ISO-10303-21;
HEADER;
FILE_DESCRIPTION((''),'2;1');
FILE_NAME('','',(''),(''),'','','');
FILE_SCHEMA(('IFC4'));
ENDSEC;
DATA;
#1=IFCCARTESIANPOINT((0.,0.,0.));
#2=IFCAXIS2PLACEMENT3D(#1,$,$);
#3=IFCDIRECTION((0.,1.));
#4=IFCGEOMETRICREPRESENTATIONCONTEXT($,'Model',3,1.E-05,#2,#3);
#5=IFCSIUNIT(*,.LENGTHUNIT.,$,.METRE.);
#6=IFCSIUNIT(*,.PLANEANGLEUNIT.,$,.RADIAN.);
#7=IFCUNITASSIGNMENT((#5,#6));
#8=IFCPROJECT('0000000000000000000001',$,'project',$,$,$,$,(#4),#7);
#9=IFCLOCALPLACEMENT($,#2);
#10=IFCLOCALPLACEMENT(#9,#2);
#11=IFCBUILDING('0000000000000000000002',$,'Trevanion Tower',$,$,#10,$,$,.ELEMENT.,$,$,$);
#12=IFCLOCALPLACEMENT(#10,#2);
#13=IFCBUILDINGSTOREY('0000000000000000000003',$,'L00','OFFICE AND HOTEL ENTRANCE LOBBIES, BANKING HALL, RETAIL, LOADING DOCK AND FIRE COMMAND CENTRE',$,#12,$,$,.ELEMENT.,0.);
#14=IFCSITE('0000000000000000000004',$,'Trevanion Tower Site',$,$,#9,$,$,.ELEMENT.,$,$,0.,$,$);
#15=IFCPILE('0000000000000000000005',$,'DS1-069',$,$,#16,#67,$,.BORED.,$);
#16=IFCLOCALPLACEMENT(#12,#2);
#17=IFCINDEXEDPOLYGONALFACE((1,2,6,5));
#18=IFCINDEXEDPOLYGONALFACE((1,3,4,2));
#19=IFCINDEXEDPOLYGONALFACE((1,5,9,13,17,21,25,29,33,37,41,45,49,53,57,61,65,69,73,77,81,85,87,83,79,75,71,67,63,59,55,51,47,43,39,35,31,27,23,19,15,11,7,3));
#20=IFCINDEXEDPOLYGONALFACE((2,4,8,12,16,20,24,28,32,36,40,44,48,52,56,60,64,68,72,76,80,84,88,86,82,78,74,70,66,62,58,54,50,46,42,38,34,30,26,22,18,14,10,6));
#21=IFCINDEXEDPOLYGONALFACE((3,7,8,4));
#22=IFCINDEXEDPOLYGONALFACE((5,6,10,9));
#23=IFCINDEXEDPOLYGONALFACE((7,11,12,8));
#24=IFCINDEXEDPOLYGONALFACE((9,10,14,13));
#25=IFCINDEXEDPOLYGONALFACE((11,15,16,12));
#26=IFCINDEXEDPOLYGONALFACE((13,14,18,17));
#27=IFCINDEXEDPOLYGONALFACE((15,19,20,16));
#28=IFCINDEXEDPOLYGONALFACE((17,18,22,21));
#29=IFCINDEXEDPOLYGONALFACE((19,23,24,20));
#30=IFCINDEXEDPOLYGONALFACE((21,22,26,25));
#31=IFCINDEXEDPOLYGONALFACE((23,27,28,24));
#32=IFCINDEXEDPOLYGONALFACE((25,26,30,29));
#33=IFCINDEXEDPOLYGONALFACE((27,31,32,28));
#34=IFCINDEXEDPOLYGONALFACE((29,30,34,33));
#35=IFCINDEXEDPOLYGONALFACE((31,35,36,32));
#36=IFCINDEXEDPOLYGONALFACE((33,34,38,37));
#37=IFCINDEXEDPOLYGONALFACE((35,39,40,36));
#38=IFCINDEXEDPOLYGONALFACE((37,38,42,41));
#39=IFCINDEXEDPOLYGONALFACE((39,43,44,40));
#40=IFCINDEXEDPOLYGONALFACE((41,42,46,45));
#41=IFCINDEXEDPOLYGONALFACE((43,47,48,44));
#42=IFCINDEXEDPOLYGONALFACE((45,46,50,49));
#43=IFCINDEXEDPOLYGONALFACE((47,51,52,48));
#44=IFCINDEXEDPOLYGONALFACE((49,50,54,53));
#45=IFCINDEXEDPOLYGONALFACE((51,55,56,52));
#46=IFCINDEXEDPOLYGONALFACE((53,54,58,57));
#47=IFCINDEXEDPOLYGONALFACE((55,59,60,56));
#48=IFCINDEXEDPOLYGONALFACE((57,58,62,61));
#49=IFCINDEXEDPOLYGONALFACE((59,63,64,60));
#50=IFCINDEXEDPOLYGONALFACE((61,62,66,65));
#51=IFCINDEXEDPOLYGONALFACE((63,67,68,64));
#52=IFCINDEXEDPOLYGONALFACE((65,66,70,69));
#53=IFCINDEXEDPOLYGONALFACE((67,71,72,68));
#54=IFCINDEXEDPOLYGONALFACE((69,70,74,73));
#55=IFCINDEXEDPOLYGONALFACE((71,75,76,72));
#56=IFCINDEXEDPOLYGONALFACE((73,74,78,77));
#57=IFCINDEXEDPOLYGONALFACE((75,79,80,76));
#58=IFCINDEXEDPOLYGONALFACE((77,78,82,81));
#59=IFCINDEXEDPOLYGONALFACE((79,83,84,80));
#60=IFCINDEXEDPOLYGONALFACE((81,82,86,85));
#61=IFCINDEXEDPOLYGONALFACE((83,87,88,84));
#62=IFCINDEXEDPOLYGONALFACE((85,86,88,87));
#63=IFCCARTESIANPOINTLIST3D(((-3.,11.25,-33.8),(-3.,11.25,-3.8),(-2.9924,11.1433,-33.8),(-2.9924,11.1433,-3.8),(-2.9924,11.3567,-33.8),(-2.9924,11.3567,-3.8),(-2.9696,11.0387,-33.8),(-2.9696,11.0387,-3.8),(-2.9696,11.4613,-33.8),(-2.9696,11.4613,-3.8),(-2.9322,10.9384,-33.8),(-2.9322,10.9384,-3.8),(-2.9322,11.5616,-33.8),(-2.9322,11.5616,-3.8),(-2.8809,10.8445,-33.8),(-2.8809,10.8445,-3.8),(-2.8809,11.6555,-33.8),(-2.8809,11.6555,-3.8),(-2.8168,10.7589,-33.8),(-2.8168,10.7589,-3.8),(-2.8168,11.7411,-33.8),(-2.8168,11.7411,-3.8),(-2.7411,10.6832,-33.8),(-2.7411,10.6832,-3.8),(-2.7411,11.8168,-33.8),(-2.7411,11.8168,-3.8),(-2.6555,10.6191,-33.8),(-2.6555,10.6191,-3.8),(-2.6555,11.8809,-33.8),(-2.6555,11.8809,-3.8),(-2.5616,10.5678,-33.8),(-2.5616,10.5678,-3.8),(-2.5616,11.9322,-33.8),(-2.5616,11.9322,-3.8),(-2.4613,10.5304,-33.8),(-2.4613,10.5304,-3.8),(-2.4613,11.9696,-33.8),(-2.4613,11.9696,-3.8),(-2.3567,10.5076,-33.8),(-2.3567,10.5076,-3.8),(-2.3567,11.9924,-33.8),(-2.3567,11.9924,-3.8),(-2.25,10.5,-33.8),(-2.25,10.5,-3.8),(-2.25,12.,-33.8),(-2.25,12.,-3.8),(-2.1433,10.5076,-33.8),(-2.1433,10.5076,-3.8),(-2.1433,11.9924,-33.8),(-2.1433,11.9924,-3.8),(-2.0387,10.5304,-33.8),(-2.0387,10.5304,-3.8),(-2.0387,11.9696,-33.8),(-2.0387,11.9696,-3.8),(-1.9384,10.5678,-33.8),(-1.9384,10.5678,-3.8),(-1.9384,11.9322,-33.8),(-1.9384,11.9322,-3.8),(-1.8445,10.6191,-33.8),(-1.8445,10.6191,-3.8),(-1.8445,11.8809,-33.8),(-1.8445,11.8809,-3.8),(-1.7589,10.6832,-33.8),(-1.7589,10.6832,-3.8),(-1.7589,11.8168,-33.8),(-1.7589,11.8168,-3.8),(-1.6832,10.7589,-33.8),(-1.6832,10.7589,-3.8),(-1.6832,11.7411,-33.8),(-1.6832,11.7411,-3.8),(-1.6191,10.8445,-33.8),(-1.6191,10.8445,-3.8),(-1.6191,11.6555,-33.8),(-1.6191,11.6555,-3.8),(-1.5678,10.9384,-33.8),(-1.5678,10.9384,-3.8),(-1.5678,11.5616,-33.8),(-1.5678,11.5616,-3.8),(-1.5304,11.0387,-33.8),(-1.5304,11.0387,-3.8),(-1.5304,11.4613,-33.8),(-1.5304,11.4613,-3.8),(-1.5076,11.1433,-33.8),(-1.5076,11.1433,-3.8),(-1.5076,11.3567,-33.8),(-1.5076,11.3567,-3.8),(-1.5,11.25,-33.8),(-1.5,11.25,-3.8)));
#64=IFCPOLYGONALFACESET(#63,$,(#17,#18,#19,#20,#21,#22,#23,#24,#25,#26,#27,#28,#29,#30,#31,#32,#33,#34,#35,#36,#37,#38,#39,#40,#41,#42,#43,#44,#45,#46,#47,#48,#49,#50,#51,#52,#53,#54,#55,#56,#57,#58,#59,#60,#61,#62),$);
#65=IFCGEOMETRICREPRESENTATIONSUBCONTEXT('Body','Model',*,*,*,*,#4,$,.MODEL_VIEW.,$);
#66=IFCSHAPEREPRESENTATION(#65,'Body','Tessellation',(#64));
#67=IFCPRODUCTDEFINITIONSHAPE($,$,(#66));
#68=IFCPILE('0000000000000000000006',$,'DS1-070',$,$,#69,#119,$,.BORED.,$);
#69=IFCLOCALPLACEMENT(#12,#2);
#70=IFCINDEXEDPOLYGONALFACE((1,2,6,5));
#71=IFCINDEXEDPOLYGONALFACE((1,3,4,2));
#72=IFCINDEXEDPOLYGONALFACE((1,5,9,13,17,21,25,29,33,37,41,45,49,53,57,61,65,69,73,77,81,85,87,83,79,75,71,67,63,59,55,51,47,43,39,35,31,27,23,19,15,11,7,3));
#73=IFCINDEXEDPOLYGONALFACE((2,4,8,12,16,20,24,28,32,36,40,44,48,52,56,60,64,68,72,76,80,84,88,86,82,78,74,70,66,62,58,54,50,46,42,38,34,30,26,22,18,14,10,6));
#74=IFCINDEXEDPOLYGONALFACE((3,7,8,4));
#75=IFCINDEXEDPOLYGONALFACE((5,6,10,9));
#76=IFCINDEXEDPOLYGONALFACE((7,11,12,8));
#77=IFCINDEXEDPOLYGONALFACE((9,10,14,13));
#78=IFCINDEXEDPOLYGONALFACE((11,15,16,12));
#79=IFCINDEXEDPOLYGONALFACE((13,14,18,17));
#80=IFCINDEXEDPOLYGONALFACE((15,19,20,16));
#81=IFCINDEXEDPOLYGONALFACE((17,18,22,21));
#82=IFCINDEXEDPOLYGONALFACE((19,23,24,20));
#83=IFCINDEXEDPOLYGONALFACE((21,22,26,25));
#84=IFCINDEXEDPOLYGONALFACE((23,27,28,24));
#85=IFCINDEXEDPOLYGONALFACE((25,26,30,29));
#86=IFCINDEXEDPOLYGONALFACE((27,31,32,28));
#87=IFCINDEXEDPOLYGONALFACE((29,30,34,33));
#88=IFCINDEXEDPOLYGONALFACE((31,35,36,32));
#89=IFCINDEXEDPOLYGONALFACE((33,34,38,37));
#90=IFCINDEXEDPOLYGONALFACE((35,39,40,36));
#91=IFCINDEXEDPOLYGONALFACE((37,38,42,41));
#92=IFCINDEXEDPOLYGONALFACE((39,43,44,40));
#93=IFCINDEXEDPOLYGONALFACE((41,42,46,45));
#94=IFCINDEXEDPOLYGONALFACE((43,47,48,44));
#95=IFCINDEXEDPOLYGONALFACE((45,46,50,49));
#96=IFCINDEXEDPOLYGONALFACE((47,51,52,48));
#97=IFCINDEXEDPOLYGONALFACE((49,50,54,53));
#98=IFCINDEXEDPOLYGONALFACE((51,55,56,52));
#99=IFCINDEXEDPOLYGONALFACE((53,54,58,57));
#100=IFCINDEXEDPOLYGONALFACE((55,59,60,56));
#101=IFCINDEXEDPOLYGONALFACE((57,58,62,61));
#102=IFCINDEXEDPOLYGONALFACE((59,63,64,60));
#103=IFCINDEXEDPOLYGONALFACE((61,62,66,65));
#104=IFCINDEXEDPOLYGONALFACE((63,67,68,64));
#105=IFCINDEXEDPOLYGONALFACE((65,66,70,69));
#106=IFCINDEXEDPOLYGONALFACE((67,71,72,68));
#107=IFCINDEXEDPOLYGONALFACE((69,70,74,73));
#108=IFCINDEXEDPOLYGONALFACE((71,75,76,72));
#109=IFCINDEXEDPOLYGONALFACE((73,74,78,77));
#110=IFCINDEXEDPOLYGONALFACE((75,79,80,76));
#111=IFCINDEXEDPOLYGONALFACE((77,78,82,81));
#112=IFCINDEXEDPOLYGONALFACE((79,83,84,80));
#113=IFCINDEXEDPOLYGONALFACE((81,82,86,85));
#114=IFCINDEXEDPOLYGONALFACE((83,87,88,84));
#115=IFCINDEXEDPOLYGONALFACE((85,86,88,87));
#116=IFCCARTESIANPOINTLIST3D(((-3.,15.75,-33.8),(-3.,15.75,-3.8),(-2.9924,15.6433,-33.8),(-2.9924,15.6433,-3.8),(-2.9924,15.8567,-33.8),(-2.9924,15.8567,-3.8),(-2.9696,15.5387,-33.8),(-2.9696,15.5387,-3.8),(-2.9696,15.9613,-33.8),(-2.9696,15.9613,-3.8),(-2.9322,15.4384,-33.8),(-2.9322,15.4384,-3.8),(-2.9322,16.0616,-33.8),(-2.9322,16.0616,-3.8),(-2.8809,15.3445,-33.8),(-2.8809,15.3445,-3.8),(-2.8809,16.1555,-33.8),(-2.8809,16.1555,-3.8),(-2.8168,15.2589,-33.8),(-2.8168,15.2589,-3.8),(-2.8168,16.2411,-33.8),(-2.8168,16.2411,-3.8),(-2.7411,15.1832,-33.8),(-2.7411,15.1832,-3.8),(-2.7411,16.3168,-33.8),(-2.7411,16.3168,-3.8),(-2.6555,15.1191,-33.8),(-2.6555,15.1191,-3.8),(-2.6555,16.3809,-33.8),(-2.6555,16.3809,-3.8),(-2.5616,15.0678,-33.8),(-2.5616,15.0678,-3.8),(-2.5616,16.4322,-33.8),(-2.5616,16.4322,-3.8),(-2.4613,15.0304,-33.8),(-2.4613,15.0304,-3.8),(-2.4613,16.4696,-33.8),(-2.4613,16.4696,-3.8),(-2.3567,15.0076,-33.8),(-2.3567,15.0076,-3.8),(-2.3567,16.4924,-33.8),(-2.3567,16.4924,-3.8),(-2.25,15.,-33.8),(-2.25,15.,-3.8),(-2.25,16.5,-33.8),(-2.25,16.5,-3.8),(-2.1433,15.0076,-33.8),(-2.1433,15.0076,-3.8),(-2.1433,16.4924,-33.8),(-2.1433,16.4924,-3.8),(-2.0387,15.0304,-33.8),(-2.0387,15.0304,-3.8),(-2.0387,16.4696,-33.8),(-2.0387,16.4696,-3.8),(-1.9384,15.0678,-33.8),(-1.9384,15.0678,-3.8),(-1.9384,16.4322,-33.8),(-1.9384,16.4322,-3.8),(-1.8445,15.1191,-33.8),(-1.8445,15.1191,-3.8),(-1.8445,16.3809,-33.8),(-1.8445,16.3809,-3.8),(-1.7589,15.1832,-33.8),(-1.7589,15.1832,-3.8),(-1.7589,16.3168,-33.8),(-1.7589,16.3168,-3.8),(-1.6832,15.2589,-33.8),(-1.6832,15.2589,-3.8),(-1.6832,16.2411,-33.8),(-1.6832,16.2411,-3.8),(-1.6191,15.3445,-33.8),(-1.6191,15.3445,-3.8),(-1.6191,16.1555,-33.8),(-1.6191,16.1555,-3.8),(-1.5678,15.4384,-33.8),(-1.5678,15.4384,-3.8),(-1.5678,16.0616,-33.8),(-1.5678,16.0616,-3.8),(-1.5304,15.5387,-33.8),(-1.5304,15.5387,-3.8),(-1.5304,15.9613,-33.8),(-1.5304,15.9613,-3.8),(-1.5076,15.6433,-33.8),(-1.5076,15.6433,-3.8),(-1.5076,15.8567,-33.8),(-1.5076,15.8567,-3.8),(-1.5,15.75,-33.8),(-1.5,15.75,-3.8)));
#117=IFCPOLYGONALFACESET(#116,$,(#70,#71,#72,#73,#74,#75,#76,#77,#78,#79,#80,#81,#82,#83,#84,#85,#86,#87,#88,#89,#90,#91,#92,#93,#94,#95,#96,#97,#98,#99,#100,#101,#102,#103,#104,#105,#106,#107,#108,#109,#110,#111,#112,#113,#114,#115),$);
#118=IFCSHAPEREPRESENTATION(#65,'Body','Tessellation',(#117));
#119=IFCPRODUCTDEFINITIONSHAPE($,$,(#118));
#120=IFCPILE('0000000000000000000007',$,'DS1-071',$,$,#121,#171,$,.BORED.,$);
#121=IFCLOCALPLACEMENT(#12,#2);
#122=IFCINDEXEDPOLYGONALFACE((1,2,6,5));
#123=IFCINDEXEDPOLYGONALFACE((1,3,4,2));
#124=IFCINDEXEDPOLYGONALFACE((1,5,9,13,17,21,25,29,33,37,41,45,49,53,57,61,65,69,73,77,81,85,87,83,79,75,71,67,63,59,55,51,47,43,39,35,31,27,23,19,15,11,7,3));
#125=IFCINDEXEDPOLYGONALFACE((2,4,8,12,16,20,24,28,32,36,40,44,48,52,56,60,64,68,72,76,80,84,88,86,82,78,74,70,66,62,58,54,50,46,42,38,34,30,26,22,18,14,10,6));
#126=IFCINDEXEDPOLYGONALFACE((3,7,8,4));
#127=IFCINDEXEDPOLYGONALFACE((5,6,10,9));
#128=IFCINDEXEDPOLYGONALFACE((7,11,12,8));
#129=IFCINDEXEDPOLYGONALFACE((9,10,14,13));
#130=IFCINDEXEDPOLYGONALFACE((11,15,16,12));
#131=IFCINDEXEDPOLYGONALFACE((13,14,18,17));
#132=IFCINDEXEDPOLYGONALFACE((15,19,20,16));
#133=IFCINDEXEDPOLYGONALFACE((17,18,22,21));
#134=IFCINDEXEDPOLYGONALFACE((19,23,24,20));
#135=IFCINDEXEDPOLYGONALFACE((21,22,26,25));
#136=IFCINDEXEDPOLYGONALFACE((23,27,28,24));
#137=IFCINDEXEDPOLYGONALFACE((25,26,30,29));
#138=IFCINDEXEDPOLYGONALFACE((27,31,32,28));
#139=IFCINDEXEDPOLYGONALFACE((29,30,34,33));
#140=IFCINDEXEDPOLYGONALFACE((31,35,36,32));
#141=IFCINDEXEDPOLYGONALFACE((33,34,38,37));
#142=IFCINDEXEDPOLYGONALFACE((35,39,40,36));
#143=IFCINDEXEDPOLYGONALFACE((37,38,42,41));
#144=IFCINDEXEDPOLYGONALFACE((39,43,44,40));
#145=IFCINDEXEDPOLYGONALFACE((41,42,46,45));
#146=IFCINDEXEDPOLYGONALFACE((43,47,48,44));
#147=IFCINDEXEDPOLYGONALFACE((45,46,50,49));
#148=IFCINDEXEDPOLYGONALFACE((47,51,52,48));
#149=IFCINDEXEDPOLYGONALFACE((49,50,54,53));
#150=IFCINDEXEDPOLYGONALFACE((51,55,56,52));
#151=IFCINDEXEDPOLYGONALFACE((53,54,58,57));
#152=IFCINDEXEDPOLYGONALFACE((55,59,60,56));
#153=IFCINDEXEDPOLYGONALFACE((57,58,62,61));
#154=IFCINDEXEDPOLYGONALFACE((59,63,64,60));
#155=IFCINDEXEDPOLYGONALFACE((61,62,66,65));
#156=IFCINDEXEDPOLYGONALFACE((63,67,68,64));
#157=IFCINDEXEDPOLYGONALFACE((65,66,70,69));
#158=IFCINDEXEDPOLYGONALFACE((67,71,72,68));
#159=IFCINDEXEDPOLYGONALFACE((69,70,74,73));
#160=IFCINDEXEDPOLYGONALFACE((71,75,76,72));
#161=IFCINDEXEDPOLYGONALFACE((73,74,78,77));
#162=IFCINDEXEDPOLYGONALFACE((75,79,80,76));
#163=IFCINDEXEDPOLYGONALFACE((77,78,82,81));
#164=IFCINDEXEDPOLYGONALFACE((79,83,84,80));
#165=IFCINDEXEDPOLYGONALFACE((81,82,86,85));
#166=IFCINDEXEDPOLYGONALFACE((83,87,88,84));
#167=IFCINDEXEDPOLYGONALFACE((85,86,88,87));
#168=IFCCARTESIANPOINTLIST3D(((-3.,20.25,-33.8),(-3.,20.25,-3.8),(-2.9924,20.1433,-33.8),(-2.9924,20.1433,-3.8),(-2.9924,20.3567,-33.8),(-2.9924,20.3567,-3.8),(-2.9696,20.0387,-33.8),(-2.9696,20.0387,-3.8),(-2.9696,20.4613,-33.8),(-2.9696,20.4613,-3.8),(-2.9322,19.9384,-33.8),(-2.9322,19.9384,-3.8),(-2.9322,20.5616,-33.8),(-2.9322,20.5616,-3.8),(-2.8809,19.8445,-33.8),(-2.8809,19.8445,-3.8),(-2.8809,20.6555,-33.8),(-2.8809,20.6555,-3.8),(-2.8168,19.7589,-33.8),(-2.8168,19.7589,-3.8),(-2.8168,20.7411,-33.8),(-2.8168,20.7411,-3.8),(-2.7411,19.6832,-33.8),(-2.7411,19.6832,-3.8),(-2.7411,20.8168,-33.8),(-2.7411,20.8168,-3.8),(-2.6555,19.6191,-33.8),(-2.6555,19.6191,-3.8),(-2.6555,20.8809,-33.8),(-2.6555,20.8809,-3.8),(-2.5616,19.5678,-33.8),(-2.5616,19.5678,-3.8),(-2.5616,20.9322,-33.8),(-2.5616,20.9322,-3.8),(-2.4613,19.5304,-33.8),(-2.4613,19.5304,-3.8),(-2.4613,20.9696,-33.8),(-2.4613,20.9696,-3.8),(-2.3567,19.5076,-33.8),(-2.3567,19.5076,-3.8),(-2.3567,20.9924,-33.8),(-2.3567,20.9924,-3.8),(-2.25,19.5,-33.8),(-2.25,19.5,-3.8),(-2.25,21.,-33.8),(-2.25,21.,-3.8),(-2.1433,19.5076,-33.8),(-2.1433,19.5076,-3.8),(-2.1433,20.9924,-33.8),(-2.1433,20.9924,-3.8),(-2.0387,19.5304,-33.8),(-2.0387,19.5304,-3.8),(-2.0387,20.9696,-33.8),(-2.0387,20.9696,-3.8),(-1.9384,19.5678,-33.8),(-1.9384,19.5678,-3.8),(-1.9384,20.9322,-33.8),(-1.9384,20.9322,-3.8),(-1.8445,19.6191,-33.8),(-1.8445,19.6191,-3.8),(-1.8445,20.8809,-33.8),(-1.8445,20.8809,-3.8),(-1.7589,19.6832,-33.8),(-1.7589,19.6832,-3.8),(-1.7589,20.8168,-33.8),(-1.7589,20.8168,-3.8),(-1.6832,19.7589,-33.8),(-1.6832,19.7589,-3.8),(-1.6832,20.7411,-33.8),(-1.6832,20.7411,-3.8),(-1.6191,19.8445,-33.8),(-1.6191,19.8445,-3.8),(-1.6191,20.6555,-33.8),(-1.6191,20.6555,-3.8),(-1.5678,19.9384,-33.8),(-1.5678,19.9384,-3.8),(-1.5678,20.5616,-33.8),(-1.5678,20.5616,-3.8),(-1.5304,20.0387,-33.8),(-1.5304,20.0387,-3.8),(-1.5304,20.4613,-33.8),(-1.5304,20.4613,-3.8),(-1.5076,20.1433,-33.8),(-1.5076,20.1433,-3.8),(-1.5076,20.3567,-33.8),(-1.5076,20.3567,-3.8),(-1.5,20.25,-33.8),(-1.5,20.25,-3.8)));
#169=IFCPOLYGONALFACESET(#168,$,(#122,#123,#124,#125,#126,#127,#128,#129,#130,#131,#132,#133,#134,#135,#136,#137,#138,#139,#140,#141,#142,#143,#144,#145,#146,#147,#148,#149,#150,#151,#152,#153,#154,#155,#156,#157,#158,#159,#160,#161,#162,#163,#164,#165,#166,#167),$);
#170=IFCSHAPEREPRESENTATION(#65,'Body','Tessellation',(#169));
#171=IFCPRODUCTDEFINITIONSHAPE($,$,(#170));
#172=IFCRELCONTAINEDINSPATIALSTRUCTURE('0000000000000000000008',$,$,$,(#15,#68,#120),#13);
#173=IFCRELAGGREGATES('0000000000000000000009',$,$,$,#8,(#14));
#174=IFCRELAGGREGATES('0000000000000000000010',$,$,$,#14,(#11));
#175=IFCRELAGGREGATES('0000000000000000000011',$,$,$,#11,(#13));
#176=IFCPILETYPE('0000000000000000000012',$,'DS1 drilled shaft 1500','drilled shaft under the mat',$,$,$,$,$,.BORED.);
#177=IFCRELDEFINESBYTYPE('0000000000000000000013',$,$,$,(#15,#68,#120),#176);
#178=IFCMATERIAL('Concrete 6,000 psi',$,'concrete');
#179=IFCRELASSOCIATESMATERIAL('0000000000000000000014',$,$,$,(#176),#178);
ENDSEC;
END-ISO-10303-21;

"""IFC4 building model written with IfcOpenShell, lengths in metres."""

from ifc_helpers import new_model, si_unit, direction, frame, origin, origin_2d, place, context, subcontext, project, spatial, circle, extrude, material, material_profile, profile_set, type_object, element, save


model = new_model("IFC4")

# Units and contexts
model_context = context("Model", 3, precision=1e-05, world=origin(), true_north=direction((0.0, 1.0)))
body_context = subcontext(model_context, "Body", "Model", "MODEL_VIEW")
ifc_project = project(units=[si_unit("LENGTHUNIT", "METRE"), si_unit("PLANEANGLEUNIT", "RADIAN")], contexts=[model_context])

# Site, building, storey
site_placement = place(None, origin())
site = spatial("IfcSite", under=ifc_project, at=site_placement, Name="Trevanion Tower Site", CompositionType="ELEMENT", RefElevation=0.0)
building_placement = place(site_placement, origin())
building = spatial("IfcBuilding", under=site, at=building_placement, Name="Trevanion Tower", CompositionType="ELEMENT")
storey_placement = place(building_placement, origin())
storey = spatial("IfcBuildingStorey", under=building, at=storey_placement, Name="L00", Description="OFFICE AND HOTEL ENTRANCE LOBBIES, BANKING HALL, RETAIL, LOADING DOCK AND FIRE COMMAND CENTRE", CompositionType="ELEMENT", Elevation=0.0)

# Piles
ifc_material_1 = material(Name="Concrete 6,000 psi", Category="concrete")
ifc_material_profile_1 = material_profile(ifc_material_1, circle(Radius=0.75, at=origin_2d()), Name="DS1 drilled shaft 1500")
ifc_profile_set_1 = profile_set([ifc_material_profile_1], Name="Concrete 6,000 psi")
pile_type = type_object("IfcPileType", Name="DS1 drilled shaft 1500", Description="drilled shaft under the mat", PredefinedType="BORED", material=ifc_profile_set_1)
for number, where, z_axis, x_axis, name in (
    (1, (-2.25, 11.25, -3.8), (0.0, 0.0, -1.0), (1.0, 0.0, 0.0), "DS1-069"),
    (2, (-2.25, 15.75, -3.8), (0.0, 0.0, -1.0), (1.0, 0.0, 0.0), "DS1-070"),
    (3, (-2.25, 20.25, -3.8), (0.0, 0.0, -1.0), (1.0, 0.0, 0.0), "DS1-071"),
):
    element("IfcPile", number, at=place(storey_placement, frame(where, z_axis=z_axis, x_axis=x_axis)), inside=storey, type_object=pile_type, Name=name, PredefinedType="BORED", context=body_context, shape_type="SweptSolid", body=[
        extrude(circle(Radius=0.75, at=origin_2d()), origin(), (0.0, 0.0, 1.0), 30.0),
    ])

save(model, "model.ifc")
